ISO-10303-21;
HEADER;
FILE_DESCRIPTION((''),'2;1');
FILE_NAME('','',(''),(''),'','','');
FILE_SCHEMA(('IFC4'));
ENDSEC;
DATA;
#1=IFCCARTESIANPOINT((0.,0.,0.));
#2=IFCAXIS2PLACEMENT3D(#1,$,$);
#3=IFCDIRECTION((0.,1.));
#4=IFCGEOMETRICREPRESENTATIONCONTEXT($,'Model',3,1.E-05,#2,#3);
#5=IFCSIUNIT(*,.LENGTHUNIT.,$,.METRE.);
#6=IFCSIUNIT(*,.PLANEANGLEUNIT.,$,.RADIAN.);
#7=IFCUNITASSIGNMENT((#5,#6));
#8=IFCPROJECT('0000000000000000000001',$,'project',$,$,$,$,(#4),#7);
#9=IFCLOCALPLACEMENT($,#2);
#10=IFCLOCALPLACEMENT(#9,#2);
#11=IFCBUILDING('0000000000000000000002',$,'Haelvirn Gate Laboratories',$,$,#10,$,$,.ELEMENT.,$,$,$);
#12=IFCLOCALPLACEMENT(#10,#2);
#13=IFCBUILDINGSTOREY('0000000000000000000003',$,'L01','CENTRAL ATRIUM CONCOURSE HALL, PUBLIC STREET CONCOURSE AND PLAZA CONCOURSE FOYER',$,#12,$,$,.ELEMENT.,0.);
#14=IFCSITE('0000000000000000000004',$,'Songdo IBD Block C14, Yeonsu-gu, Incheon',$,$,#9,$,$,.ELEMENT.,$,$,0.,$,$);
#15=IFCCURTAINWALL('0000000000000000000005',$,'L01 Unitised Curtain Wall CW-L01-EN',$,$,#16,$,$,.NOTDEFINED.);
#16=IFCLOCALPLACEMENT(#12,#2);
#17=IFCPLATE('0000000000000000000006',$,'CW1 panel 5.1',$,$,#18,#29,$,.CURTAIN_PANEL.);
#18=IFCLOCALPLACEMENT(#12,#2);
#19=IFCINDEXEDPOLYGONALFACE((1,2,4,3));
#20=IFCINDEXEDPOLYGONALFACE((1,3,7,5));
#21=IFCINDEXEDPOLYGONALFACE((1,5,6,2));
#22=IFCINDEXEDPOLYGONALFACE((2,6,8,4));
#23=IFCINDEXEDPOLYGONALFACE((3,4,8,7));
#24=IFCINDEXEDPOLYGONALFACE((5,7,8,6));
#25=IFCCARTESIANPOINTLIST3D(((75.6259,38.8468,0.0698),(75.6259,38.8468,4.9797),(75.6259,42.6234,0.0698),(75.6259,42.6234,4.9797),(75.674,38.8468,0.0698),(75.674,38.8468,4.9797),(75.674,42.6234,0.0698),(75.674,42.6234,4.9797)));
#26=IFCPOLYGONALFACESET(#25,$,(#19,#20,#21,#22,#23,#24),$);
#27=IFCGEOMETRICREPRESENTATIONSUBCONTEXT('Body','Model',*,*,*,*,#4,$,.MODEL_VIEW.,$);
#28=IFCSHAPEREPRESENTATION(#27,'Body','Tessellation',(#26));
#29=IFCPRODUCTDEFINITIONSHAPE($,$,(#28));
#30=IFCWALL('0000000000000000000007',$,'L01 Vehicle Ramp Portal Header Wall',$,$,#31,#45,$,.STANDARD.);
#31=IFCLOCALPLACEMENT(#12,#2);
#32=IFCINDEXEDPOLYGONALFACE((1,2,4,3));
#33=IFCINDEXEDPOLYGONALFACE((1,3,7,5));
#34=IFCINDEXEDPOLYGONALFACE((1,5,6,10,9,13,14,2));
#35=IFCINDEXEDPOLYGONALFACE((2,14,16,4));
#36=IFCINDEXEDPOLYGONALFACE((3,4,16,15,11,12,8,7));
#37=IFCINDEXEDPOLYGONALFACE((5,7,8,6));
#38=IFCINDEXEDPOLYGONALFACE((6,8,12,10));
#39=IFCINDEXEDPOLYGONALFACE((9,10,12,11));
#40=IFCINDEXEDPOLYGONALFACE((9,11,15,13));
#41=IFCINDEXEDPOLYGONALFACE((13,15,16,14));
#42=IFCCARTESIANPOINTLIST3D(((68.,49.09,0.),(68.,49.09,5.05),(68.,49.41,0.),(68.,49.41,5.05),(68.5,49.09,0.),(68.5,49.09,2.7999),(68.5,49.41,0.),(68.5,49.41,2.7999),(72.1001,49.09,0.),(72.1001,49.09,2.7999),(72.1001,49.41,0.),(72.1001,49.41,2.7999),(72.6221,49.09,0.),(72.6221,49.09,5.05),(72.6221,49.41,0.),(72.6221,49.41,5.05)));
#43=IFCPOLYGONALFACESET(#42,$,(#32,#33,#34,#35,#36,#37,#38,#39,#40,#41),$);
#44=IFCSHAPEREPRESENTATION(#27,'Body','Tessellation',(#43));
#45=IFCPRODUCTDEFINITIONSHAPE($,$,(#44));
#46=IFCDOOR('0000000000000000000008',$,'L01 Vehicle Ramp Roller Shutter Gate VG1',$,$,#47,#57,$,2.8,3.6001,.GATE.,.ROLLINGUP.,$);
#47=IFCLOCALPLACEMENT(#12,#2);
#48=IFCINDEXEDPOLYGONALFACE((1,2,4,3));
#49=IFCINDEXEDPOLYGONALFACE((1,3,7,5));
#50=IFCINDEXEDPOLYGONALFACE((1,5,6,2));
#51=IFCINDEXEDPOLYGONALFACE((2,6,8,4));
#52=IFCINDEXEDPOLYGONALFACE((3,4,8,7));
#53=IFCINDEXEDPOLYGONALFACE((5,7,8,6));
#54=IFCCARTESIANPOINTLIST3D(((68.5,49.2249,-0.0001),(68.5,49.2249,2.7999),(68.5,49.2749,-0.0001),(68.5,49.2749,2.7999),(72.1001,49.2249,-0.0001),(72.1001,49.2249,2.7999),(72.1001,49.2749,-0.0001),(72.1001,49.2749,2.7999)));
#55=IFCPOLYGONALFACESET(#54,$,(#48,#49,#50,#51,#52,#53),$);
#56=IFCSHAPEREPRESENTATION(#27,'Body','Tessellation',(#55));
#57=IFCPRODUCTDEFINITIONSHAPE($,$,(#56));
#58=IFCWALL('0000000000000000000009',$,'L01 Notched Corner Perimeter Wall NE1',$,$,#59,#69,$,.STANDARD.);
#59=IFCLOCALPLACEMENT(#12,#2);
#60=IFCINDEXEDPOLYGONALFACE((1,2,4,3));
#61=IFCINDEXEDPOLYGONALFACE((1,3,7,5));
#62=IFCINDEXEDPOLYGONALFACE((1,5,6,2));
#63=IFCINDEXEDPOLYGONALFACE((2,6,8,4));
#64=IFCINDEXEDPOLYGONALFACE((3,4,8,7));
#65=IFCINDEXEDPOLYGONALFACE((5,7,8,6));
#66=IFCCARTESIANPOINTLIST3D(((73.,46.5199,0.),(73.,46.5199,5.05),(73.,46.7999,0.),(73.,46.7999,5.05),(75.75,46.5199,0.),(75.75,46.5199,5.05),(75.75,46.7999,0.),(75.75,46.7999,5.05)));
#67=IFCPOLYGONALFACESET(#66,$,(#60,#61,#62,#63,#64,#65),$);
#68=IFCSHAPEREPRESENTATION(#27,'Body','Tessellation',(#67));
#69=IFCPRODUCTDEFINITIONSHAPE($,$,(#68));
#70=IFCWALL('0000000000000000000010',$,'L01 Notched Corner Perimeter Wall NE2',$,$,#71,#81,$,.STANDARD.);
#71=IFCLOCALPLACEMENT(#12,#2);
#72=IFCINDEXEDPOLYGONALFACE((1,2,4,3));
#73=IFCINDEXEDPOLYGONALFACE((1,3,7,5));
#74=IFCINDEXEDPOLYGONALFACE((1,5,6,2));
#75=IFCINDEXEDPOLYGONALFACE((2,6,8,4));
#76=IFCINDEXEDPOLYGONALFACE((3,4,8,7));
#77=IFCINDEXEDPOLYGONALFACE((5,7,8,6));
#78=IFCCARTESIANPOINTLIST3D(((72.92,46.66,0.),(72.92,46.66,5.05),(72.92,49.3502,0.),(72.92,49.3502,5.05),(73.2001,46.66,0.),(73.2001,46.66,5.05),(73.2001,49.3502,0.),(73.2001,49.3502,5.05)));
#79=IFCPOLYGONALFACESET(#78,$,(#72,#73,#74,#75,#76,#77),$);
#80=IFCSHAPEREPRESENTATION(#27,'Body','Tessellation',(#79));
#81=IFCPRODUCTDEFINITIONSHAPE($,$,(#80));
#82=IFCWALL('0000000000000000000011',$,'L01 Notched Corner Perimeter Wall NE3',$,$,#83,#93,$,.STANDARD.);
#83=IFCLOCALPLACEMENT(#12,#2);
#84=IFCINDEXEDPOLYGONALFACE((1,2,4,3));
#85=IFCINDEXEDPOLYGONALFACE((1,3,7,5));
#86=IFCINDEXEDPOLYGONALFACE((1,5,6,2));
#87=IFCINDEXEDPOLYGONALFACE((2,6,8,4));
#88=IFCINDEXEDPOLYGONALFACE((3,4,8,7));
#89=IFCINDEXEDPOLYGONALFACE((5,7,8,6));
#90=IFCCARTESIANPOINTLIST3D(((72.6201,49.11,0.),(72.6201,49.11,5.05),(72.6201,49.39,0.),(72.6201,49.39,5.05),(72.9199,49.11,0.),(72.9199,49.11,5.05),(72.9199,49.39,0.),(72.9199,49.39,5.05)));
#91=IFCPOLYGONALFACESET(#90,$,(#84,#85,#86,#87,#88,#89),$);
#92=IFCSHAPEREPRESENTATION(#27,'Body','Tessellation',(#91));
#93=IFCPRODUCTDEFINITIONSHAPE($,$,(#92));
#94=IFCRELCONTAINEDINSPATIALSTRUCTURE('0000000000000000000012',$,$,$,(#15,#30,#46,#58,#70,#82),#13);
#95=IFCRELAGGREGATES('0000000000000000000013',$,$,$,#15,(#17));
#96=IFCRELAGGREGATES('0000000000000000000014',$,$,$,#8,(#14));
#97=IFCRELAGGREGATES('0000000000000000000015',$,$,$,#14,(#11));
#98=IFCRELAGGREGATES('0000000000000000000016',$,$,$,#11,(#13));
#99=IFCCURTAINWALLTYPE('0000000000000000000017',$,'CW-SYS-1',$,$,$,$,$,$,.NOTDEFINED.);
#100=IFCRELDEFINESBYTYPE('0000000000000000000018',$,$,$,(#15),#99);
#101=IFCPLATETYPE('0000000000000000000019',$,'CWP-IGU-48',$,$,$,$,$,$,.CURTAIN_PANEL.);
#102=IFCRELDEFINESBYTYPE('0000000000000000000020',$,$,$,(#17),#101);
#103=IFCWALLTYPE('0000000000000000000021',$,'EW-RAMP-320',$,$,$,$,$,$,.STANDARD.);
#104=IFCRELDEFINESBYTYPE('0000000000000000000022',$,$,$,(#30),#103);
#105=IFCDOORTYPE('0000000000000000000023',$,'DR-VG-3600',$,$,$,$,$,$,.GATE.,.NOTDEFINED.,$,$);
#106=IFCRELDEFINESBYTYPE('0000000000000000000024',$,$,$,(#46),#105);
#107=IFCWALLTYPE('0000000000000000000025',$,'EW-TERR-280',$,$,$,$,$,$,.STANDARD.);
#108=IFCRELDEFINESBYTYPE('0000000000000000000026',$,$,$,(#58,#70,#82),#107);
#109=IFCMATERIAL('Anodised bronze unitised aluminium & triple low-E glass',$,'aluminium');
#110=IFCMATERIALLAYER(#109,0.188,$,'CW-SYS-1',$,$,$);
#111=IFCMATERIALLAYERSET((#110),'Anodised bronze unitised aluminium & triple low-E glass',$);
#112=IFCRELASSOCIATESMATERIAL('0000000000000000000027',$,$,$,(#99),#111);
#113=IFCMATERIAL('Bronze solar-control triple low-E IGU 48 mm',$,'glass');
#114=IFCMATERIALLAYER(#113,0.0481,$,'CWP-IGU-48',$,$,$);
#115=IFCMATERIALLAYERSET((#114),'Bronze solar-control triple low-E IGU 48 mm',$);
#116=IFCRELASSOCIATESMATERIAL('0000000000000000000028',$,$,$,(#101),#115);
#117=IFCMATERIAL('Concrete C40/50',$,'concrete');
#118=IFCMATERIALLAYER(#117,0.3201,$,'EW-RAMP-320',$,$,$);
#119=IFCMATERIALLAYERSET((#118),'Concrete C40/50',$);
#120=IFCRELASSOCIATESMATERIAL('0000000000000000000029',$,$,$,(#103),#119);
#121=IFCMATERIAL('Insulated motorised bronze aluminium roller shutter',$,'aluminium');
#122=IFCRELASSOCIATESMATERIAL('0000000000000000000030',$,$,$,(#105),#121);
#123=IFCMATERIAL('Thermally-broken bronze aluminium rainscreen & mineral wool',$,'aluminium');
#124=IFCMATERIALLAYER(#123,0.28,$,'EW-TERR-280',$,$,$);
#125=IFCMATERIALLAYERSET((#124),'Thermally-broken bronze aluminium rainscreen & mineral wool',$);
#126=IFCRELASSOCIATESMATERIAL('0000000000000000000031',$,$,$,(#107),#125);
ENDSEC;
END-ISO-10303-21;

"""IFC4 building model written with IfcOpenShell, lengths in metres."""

from ifc_helpers import new_model, si_unit, direction, frame, frame_2d, origin, origin_2d, place, context, subcontext, project, spatial, rectangle, extrude, source, transform, mapped, material, layer, layer_set, type_object, type_shapes, element, fill, aggregate, save


model = new_model("IFC4")

# Units and contexts
model_context = context("Model", 3, precision=1e-05, world=origin(), true_north=direction((0.0, 1.0)))
body_context = subcontext(model_context, "Body", "Model", "MODEL_VIEW")
ifc_project = project(units=[si_unit("LENGTHUNIT", "METRE"), si_unit("PLANEANGLEUNIT", "RADIAN")], contexts=[model_context])

# Site, building, storey
site_placement = place(None, origin())
site = spatial("IfcSite", under=ifc_project, at=site_placement, Name="Songdo IBD Block C14, Yeonsu-gu, Incheon", CompositionType="ELEMENT", RefElevation=0.0)
building_placement = place(site_placement, origin())
building = spatial("IfcBuilding", under=site, at=building_placement, Name="Haelvirn Gate Laboratories", CompositionType="ELEMENT")
storey_placement = place(building_placement, origin())
storey = spatial("IfcBuildingStorey", under=building, at=storey_placement, Name="L01", Description="CENTRAL ATRIUM CONCOURSE HALL, PUBLIC STREET CONCOURSE AND PLAZA CONCOURSE FOYER", CompositionType="ELEMENT", Elevation=0.0)

# Curtain wall
ifc_material_1 = material(Name="Anodised bronze unitised aluminium & triple low-E glass", Category="aluminium")
ifc_layer_1 = layer(ifc_material_1, 0.188, Name="CW-SYS-1")
ifc_layer_set_1 = layer_set([ifc_layer_1], Name="Anodised bronze unitised aluminium & triple low-E glass")
curtain_wall_type = type_object("IfcCurtainWallType", Name="CW-SYS-1", PredefinedType="NOTDEFINED", material=ifc_layer_set_1)
curtain_wall_1_placement = place(storey_placement, origin())
curtain_wall_1 = element("IfcCurtainWall", 1, at=curtain_wall_1_placement, inside=storey, type_object=curtain_wall_type, Name="L01 Unitised Curtain Wall CW-L01-EN", PredefinedType="NOTDEFINED")

# Plate
ifc_material_2 = material(Name="Bronze solar-control triple low-E IGU 48 mm", Category="glass")
ifc_layer_2 = layer(ifc_material_2, 0.0481, Name="CWP-IGU-48")
ifc_layer_set_2 = layer_set([ifc_layer_2], Name="Bronze solar-control triple low-E IGU 48 mm")
plate_type = type_object("IfcPlateType", Name="CWP-IGU-48", PredefinedType="CURTAIN_PANEL", material=ifc_layer_set_2)
shared_shape_1 = source(origin(), body_context, "Body", "SweptSolid", [
    extrude(rectangle(XDim=3.7766, YDim=0.0481, at=origin_2d()), origin(), (0.0, 0.0, 1.0), 4.9099),
])
plate_1_placement = place(storey_placement, frame((75.6499, 40.7351, 0.0698), z_axis=(0.0, 0.0, 1.0), x_axis=(0.0, 1.0, 0.0)))
plate_1 = element("IfcPlate", 2, at=plate_1_placement, type_object=plate_type, Name="CW1 panel 5.1", PredefinedType="CURTAIN_PANEL", context=body_context, shape_type="MappedRepresentation", body=[
    mapped(shared_shape_1, transform((0.0, 0.0, 0.0), scale=1.0)),
])
aggregate(curtain_wall_1, [plate_1])

# Wall, opening, door
ifc_material_3 = material(Name="Concrete C40/50", Category="concrete")
ifc_layer_3 = layer(ifc_material_3, 0.3201, Name="EW-RAMP-320")
ifc_layer_set_3 = layer_set([ifc_layer_3], Name="Concrete C40/50")
wall_type_1 = type_object("IfcWallType", Name="EW-RAMP-320", PredefinedType="STANDARD", material=ifc_layer_set_3)
wall_1_placement = place(storey_placement, frame((68.0, 49.25, 0.0), z_axis=(0.0, 0.0, 1.0), x_axis=(1.0, 0.0, 0.0)))
wall_1 = element("IfcWall", 3, at=wall_1_placement, inside=storey, type_object=wall_type_1, Name="L01 Vehicle Ramp Portal Header Wall", PredefinedType="STANDARD", context=body_context, shape_type="SweptSolid", body=[
    extrude(rectangle(XDim=4.6221, YDim=0.3201, at=frame_2d((2.311, 0.0))), origin(), (0.0, 0.0, 1.0), 5.05),
])
opening_placement = place(wall_1_placement, frame((0.5, 0.0, 0.0)))
opening = element("IfcOpeningElement", 4, at=opening_placement, cuts=wall_1, PredefinedType="OPENING", context=body_context, shape_type="SweptSolid", body=[
    extrude(rectangle(XDim=3.6001, YDim=2.8, at=frame_2d((1.8, 1.3999))), frame((0.0, 0.1699, 0.0), z_axis=(0.0, -1.0, 0.0), x_axis=(1.0, 0.0, 0.0)), (0.0, 0.0, 1.0), 0.3401),
])
ifc_material_4 = material(Name="Insulated motorised bronze aluminium roller shutter", Category="aluminium")
door_type = type_object("IfcDoorType", Name="DR-VG-3600", OperationType="NOTDEFINED", PredefinedType="GATE", material=ifc_material_4)
shared_shape_2 = source(origin(), body_context, "Body", "SweptSolid", [
    extrude(rectangle(XDim=3.6001, YDim=2.8, at=frame_2d((1.8, 1.3999))), frame((0.0, 0.0249, 0.0), z_axis=(0.0, -1.0, 0.0), x_axis=(1.0, 0.0, 0.0)), (0.0, 0.0, 1.0), 0.05),
])
type_shapes(door_type, [shared_shape_2])
door_placement = place(opening_placement, origin())
door = element("IfcDoor", 5, at=door_placement, inside=storey, type_object=door_type, Name="L01 Vehicle Ramp Roller Shutter Gate VG1", OperationType="ROLLINGUP", OverallHeight=2.8, OverallWidth=3.6001, PredefinedType="GATE", context=body_context, shape_type="MappedRepresentation", body=[
    mapped(shared_shape_2, transform((0.0, 0.0, 0.0), scale=1.0)),
])
fill(opening, door)

# Walls
ifc_material_5 = material(Name="Thermally-broken bronze aluminium rainscreen & mineral wool", Category="aluminium")
ifc_layer_4 = layer(ifc_material_5, 0.28, Name="EW-TERR-280")
ifc_layer_set_4 = layer_set([ifc_layer_4], Name="Thermally-broken bronze aluminium rainscreen & mineral wool")
wall_type_2 = type_object("IfcWallType", Name="EW-TERR-280", PredefinedType="STANDARD", material=ifc_layer_set_4)
wall_2_placement = place(storey_placement, frame((75.75, 46.6599, 0.0), z_axis=(0.0, 0.0, 1.0), x_axis=(-1.0, 0.0, 0.0)))
element("IfcWall", 6, at=wall_2_placement, inside=storey, type_object=wall_type_2, Name="L01 Notched Corner Perimeter Wall NE1", PredefinedType="STANDARD", context=body_context, shape_type="SweptSolid", body=[
    extrude(rectangle(XDim=2.75, YDim=0.28, at=frame_2d((1.375, 0.0))), origin(), (0.0, 0.0, 1.0), 5.05),
])
wall_3_placement = place(storey_placement, frame((73.0601, 46.6599, 0.0), z_axis=(0.0, 0.0, 1.0), x_axis=(0.0, 1.0, 0.0)))
element("IfcWall", 7, at=wall_3_placement, inside=storey, type_object=wall_type_2, Name="L01 Notched Corner Perimeter Wall NE2", PredefinedType="STANDARD", context=body_context, shape_type="SweptSolid", body=[
    extrude(rectangle(XDim=2.6902, YDim=0.28, at=frame_2d((1.3452, 0.0))), origin(), (0.0, 0.0, 1.0), 5.05),
])
wall_4_placement = place(storey_placement, frame((72.6201, 49.25, 0.0), z_axis=(0.0, 0.0, 1.0), x_axis=(1.0, 0.0, 0.0)))
element("IfcWall", 8, at=wall_4_placement, inside=storey, type_object=wall_type_2, Name="L01 Notched Corner Perimeter Wall NE3", PredefinedType="STANDARD", context=body_context, shape_type="SweptSolid", body=[
    extrude(rectangle(XDim=0.2998, YDim=0.28, at=frame_2d((0.1499, 0.0))), origin(), (0.0, 0.0, 1.0), 5.05),
])

save(model, "model.ifc")
